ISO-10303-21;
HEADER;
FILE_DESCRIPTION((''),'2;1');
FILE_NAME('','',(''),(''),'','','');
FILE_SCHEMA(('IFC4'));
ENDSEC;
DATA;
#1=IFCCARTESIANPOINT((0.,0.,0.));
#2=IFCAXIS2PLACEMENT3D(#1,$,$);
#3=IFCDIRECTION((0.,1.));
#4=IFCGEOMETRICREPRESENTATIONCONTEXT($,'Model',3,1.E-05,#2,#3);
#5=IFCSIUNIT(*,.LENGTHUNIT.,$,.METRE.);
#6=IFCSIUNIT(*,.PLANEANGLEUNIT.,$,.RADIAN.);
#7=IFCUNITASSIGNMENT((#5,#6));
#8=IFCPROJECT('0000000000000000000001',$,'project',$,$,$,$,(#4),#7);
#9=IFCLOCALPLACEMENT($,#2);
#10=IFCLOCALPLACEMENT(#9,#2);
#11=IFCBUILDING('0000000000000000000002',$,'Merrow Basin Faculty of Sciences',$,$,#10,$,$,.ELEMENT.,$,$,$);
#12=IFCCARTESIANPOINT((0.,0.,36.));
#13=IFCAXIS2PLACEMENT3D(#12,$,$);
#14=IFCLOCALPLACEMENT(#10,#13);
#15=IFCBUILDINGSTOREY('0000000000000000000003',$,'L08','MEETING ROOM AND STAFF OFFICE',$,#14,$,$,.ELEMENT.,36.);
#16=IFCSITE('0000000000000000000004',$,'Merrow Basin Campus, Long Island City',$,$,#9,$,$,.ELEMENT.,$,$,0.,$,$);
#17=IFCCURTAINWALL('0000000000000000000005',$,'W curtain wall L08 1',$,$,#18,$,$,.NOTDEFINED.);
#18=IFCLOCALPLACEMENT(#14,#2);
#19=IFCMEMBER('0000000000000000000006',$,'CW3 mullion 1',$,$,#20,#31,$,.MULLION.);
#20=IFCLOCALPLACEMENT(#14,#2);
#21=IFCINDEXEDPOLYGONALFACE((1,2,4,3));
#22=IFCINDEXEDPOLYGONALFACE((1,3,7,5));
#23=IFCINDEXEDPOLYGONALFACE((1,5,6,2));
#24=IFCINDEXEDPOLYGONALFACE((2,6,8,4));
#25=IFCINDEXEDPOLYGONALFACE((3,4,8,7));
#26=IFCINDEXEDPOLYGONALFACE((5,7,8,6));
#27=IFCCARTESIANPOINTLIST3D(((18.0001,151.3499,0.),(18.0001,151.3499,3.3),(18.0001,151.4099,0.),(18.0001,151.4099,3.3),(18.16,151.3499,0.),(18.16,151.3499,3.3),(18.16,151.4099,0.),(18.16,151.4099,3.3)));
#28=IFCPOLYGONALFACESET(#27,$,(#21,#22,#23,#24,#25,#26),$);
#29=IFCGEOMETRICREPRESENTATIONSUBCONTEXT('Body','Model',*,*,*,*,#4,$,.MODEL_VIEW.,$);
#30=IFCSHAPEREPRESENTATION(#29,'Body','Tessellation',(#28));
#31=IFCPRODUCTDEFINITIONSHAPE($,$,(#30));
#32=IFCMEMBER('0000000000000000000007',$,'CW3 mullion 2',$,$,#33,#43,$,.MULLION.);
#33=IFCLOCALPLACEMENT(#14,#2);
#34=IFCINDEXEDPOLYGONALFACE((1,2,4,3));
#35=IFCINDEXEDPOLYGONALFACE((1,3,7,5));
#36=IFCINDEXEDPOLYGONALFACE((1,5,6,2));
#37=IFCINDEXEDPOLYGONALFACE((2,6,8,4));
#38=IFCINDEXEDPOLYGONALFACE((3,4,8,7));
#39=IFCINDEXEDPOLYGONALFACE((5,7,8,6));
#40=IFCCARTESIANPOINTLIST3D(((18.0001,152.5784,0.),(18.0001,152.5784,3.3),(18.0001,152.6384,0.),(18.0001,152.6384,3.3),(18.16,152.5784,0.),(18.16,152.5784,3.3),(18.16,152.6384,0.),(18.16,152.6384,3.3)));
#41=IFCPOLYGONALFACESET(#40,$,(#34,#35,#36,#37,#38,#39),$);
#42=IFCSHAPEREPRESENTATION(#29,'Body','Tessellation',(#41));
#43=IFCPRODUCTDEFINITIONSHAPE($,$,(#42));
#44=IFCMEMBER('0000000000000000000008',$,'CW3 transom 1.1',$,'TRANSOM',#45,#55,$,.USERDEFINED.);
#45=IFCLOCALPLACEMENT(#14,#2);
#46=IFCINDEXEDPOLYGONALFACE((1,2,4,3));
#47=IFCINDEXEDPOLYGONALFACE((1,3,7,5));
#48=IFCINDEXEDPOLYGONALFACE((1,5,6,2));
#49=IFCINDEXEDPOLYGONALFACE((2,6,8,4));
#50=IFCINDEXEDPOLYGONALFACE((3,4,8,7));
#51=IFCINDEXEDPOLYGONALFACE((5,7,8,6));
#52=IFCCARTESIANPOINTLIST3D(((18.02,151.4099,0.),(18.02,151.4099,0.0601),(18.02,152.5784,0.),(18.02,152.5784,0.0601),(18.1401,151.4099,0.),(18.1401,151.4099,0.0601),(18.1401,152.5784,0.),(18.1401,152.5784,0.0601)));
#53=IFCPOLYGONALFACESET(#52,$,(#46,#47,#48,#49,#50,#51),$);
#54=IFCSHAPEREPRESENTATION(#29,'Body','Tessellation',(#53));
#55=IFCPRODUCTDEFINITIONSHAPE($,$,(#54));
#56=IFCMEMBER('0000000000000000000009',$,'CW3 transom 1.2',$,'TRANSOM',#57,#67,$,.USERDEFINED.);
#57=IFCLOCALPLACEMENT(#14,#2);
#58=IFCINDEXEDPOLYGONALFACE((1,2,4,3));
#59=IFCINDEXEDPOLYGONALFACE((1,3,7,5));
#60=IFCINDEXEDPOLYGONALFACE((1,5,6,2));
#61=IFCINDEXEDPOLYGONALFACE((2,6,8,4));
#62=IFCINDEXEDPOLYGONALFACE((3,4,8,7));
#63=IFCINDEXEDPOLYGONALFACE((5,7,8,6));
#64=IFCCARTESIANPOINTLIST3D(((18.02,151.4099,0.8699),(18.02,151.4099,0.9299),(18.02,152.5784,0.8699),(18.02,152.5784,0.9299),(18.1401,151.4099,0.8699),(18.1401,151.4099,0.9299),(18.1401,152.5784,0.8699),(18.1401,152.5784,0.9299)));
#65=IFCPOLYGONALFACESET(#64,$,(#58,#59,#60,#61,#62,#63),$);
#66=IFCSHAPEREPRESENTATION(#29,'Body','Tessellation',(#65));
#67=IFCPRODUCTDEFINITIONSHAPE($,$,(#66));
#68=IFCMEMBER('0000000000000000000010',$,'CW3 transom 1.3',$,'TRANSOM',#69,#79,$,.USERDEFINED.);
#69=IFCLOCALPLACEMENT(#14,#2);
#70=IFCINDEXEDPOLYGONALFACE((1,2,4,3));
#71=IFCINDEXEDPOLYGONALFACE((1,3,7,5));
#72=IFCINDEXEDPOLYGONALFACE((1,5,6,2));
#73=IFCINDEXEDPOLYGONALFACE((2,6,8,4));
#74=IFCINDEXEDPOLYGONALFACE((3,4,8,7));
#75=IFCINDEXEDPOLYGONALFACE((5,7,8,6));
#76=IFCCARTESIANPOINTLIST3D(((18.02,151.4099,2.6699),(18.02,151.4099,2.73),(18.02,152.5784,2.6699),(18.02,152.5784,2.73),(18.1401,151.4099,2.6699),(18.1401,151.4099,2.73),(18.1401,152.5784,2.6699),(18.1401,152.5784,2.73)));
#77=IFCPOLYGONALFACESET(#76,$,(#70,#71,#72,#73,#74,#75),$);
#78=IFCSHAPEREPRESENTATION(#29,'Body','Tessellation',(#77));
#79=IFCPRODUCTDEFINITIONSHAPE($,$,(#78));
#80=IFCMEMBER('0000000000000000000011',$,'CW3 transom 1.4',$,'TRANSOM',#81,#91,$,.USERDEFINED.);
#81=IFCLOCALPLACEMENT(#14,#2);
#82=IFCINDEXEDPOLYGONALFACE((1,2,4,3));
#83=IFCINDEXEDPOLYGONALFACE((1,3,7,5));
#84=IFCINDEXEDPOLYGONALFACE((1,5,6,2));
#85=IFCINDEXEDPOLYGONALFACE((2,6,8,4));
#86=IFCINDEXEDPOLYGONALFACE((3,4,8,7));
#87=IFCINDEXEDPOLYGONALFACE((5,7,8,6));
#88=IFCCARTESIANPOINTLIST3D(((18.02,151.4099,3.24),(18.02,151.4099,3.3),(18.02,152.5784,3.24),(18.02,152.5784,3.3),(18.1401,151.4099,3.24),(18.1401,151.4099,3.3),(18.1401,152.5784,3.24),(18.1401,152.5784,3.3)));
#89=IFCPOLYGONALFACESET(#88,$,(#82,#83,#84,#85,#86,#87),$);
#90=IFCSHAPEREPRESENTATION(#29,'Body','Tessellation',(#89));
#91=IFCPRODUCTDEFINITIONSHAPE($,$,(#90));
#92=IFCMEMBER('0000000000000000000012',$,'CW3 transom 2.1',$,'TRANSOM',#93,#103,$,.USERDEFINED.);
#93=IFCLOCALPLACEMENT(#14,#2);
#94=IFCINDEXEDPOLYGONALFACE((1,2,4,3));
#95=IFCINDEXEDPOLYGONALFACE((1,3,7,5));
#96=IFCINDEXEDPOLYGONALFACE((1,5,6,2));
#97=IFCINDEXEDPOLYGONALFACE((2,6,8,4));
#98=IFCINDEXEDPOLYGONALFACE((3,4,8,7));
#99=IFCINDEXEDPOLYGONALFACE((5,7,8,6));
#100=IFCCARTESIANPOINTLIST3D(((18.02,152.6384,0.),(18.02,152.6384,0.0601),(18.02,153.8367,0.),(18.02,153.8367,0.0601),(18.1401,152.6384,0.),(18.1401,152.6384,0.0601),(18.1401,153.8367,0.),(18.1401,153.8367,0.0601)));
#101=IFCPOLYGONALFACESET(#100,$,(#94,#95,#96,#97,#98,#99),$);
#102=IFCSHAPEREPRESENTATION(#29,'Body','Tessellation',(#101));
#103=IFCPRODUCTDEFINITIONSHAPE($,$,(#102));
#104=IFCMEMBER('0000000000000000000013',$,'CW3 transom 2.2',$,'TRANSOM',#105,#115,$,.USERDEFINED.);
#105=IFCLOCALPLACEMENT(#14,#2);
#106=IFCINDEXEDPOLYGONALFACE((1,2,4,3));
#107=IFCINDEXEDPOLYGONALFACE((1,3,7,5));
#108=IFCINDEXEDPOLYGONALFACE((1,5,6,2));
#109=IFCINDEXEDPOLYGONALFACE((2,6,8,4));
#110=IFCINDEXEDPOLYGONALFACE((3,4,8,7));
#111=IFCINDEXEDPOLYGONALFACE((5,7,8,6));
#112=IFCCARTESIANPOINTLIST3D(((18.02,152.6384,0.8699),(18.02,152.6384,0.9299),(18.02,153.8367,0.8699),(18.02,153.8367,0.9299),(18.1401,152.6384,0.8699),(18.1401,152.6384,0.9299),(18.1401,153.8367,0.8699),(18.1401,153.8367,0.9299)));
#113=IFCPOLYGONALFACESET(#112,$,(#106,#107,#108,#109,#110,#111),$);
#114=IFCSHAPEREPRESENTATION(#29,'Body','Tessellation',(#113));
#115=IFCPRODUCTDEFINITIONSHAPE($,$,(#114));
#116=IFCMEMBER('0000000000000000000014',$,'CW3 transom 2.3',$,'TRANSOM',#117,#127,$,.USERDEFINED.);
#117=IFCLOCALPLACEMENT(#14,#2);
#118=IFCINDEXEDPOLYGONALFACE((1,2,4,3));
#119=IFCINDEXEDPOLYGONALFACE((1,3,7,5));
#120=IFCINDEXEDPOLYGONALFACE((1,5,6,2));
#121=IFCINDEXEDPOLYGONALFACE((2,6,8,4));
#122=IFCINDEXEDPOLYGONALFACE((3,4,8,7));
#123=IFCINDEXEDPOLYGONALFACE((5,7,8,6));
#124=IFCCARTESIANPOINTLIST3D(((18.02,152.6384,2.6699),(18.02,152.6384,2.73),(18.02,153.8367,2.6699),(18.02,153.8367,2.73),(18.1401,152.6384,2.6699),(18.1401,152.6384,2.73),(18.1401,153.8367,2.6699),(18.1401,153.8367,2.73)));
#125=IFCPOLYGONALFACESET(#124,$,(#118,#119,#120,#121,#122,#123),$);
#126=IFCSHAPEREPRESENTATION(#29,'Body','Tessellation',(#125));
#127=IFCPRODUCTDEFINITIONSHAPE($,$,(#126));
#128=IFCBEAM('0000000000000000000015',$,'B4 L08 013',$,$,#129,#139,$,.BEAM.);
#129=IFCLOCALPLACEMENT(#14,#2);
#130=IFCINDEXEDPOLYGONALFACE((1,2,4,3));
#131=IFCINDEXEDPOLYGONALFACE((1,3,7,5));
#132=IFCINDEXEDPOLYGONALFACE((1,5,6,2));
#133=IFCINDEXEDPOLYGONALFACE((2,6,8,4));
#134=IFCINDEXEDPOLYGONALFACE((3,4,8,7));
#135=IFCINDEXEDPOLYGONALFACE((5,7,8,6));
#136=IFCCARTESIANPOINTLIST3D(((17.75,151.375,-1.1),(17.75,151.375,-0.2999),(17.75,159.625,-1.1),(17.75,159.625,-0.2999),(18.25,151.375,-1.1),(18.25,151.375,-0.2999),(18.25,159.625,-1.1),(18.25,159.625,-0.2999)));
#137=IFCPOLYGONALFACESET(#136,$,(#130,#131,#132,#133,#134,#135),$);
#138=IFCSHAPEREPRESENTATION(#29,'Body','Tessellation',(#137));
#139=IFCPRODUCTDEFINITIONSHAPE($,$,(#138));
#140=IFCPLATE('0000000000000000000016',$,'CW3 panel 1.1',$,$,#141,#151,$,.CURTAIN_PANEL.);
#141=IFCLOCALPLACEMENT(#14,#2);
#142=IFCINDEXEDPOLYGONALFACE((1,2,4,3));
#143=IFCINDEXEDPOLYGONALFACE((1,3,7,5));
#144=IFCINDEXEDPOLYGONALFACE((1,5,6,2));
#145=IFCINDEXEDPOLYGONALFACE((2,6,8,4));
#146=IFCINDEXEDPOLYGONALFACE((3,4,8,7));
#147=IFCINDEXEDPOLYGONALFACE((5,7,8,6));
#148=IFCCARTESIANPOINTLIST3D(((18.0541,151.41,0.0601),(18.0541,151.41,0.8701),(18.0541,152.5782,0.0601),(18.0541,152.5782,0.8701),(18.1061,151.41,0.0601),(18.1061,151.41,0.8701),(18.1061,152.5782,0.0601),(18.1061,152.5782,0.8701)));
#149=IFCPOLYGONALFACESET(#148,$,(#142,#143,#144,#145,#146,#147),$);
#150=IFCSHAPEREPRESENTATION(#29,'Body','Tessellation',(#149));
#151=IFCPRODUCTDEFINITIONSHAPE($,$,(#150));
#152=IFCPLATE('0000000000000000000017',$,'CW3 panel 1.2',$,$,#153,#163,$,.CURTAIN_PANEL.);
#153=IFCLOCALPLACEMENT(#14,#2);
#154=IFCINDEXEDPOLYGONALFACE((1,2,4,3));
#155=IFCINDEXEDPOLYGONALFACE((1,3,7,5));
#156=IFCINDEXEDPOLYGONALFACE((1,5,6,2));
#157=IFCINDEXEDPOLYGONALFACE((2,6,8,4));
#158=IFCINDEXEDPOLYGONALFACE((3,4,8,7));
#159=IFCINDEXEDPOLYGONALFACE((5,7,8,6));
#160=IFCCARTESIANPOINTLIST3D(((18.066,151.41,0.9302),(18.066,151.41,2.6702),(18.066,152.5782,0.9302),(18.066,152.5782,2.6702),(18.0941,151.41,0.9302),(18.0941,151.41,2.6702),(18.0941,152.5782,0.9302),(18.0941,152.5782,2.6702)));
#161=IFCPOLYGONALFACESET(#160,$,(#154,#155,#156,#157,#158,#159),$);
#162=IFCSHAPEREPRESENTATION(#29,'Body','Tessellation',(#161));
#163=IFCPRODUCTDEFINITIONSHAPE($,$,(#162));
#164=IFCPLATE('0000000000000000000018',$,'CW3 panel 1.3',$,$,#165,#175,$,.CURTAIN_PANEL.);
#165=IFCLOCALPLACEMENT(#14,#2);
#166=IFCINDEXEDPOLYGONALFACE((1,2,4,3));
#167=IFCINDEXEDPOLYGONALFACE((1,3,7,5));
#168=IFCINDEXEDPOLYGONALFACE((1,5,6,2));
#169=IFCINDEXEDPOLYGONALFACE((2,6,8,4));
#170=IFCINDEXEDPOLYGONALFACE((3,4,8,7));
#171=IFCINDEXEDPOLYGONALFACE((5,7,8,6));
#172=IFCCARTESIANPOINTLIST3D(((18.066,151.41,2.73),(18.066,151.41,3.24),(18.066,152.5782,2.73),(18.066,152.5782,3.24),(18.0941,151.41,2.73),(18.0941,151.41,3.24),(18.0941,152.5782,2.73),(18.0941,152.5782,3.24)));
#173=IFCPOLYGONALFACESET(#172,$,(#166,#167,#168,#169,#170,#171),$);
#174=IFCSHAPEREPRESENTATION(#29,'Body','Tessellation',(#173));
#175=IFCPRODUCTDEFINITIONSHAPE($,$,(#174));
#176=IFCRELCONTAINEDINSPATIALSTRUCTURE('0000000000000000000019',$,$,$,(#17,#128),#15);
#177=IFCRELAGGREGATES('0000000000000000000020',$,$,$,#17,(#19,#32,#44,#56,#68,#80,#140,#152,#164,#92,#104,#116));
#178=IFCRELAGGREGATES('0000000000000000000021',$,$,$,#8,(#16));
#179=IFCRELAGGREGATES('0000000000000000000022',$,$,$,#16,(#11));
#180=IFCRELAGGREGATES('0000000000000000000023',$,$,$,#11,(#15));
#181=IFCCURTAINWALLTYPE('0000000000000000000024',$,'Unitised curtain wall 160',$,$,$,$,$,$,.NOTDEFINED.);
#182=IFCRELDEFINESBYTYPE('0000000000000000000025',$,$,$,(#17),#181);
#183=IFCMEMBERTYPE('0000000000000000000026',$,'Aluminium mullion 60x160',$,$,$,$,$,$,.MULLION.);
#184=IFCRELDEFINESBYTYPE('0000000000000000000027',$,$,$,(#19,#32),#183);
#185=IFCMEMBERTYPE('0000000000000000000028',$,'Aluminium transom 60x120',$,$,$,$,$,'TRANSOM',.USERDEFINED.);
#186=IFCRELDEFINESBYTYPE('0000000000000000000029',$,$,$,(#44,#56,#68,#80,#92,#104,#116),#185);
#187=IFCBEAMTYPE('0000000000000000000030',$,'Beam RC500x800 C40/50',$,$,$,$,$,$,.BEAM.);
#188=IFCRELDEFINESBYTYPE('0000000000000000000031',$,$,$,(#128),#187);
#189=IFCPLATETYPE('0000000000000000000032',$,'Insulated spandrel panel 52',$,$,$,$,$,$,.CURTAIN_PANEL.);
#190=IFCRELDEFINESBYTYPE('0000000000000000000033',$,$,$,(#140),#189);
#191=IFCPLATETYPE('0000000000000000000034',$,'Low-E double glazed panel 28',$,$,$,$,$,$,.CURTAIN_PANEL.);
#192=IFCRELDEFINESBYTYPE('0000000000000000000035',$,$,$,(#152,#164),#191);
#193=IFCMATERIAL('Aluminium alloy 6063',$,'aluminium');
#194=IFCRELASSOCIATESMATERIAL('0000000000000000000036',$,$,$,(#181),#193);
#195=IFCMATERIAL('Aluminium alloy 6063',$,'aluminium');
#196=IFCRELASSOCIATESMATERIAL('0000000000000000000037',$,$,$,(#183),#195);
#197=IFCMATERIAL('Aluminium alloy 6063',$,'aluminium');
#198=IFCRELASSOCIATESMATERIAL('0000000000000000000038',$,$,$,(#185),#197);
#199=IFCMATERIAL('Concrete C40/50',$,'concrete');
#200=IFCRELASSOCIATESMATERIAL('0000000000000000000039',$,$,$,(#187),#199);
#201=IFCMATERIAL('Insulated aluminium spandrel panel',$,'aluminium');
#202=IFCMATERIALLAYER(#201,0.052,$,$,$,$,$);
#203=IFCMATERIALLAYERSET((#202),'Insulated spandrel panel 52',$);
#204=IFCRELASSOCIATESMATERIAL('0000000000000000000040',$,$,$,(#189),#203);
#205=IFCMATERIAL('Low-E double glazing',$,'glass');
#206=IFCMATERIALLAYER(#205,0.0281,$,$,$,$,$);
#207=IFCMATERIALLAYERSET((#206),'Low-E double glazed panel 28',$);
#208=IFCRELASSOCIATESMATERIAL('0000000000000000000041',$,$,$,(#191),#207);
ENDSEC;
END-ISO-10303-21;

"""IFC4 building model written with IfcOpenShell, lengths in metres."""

from ifc_helpers import new_model, si_unit, direction, frame, origin, origin_2d, place, context, subcontext, project, spatial, rectangle, extrude, material, layer, layer_set, material_profile, profile_set, type_object, element, aggregate, save


model = new_model("IFC4")

# Units and contexts
model_context = context("Model", 3, precision=1e-05, world=origin(), true_north=direction((0.0, 1.0)))
body_context = subcontext(model_context, "Body", "Model", "MODEL_VIEW")
ifc_project = project(units=[si_unit("LENGTHUNIT", "METRE"), si_unit("PLANEANGLEUNIT", "RADIAN")], contexts=[model_context])

# Site, building, storey
site_placement = place(None, origin())
site = spatial("IfcSite", under=ifc_project, at=site_placement, Name="Merrow Basin Campus, Long Island City", CompositionType="ELEMENT", RefElevation=0.0)
building_placement = place(site_placement, origin())
building = spatial("IfcBuilding", under=site, at=building_placement, Name="Merrow Basin Faculty of Sciences", CompositionType="ELEMENT")
storey_placement = place(building_placement, frame((0.0, 0.0, 36.0)))
storey = spatial("IfcBuildingStorey", under=building, at=storey_placement, Name="L08", Description="MEETING ROOM AND STAFF OFFICE", CompositionType="ELEMENT", Elevation=36.0)

# Curtain wall, members
ifc_material_1 = material(Name="Aluminium alloy 6063", Category="aluminium")
curtain_wall_type = type_object("IfcCurtainWallType", Name="Unitised curtain wall 160", PredefinedType="NOTDEFINED", material=ifc_material_1)
curtain_wall_placement = place(storey_placement, origin())
curtain_wall = element("IfcCurtainWall", 1, at=curtain_wall_placement, inside=storey, type_object=curtain_wall_type, Name="W curtain wall L08 1", PredefinedType="NOTDEFINED")
ifc_material_2 = material(Name="Aluminium alloy 6063", Category="aluminium")
ifc_material_profile_1 = material_profile(ifc_material_2, rectangle(XDim=0.1599, YDim=0.0601, at=origin_2d()))
ifc_profile_set_1 = profile_set([ifc_material_profile_1], Name="Aluminium alloy 6063")
member_type_1 = type_object("IfcMemberType", Name="Aluminium mullion 60x160", PredefinedType="MULLION", material=ifc_profile_set_1)
member_1_placement = place(storey_placement, frame((18.0801, 151.3799, 0.0), z_axis=(0.0, 0.0, 1.0), x_axis=(-1.0, 0.0, 0.0)))
member_1 = element("IfcMember", 2, at=member_1_placement, type_object=member_type_1, Name="CW3 mullion 1", PredefinedType="MULLION", context=body_context, shape_type="SweptSolid", body=[
    extrude(rectangle(XDim=0.1599, YDim=0.0601, at=origin_2d()), origin(), (0.0, 0.0, 1.0), 3.3),
])
member_2_placement = place(storey_placement, frame((18.0801, 152.6084, 0.0), z_axis=(0.0, 0.0, 1.0), x_axis=(-1.0, 0.0, 0.0)))
member_2 = element("IfcMember", 3, at=member_2_placement, type_object=member_type_1, Name="CW3 mullion 2", PredefinedType="MULLION", context=body_context, shape_type="SweptSolid", body=[
    extrude(rectangle(XDim=0.1599, YDim=0.0601, at=origin_2d()), origin(), (0.0, 0.0, 1.0), 3.3),
])
ifc_material_3 = material(Name="Aluminium alloy 6063", Category="aluminium")
ifc_material_profile_2 = material_profile(ifc_material_3, rectangle(XDim=0.1201, YDim=0.0601, at=origin_2d()))
ifc_profile_set_2 = profile_set([ifc_material_profile_2], Name="Aluminium alloy 6063")
member_type_2 = type_object("IfcMemberType", Name="Aluminium transom 60x120", ElementType="TRANSOM", PredefinedType="USERDEFINED", material=ifc_profile_set_2)
member_3_placement = place(storey_placement, frame((18.0801, 151.4099, 0.03), z_axis=(0.0, 1.0, 0.0), x_axis=(-1.0, 0.0, 0.0)))
member_3 = element("IfcMember", 4, at=member_3_placement, type_object=member_type_2, Name="CW3 transom 1.1", ObjectType="TRANSOM", PredefinedType="USERDEFINED", context=body_context, shape_type="SweptSolid", body=[
    extrude(rectangle(XDim=0.1201, YDim=0.0601, at=origin_2d()), origin(), (0.0, 0.0, 1.0), 1.1685),
])
member_4_placement = place(storey_placement, frame((18.0801, 151.4099, 0.8999), z_axis=(0.0, 1.0, 0.0), x_axis=(-1.0, 0.0, 0.0)))
member_4 = element("IfcMember", 5, at=member_4_placement, type_object=member_type_2, Name="CW3 transom 1.2", ObjectType="TRANSOM", PredefinedType="USERDEFINED", context=body_context, shape_type="SweptSolid", body=[
    extrude(rectangle(XDim=0.1201, YDim=0.0601, at=origin_2d()), origin(), (0.0, 0.0, 1.0), 1.1685),
])
member_5_placement = place(storey_placement, frame((18.0801, 151.4099, 2.7), z_axis=(0.0, 1.0, 0.0), x_axis=(-1.0, 0.0, 0.0)))
member_5 = element("IfcMember", 6, at=member_5_placement, type_object=member_type_2, Name="CW3 transom 1.3", ObjectType="TRANSOM", PredefinedType="USERDEFINED", context=body_context, shape_type="SweptSolid", body=[
    extrude(rectangle(XDim=0.1201, YDim=0.0601, at=origin_2d()), origin(), (0.0, 0.0, 1.0), 1.1685),
])
member_6_placement = place(storey_placement, frame((18.0801, 151.4099, 3.27), z_axis=(0.0, 1.0, 0.0), x_axis=(-1.0, 0.0, 0.0)))
member_6 = element("IfcMember", 7, at=member_6_placement, type_object=member_type_2, Name="CW3 transom 1.4", ObjectType="TRANSOM", PredefinedType="USERDEFINED", context=body_context, shape_type="SweptSolid", body=[
    extrude(rectangle(XDim=0.1201, YDim=0.0601, at=origin_2d()), origin(), (0.0, 0.0, 1.0), 1.1685),
])
member_7_placement = place(storey_placement, frame((18.0801, 152.6384, 0.03), z_axis=(0.0, 1.0, 0.0), x_axis=(-1.0, 0.0, 0.0)))
member_7 = element("IfcMember", 8, at=member_7_placement, type_object=member_type_2, Name="CW3 transom 2.1", ObjectType="TRANSOM", PredefinedType="USERDEFINED", context=body_context, shape_type="SweptSolid", body=[
    extrude(rectangle(XDim=0.1201, YDim=0.0601, at=origin_2d()), origin(), (0.0, 0.0, 1.0), 1.1982),
])
member_8_placement = place(storey_placement, frame((18.0801, 152.6384, 0.8999), z_axis=(0.0, 1.0, 0.0), x_axis=(-1.0, 0.0, 0.0)))
member_8 = element("IfcMember", 9, at=member_8_placement, type_object=member_type_2, Name="CW3 transom 2.2", ObjectType="TRANSOM", PredefinedType="USERDEFINED", context=body_context, shape_type="SweptSolid", body=[
    extrude(rectangle(XDim=0.1201, YDim=0.0601, at=origin_2d()), origin(), (0.0, 0.0, 1.0), 1.1982),
])
member_9_placement = place(storey_placement, frame((18.0801, 152.6384, 2.7), z_axis=(0.0, 1.0, 0.0), x_axis=(-1.0, 0.0, 0.0)))
member_9 = element("IfcMember", 10, at=member_9_placement, type_object=member_type_2, Name="CW3 transom 2.3", ObjectType="TRANSOM", PredefinedType="USERDEFINED", context=body_context, shape_type="SweptSolid", body=[
    extrude(rectangle(XDim=0.1201, YDim=0.0601, at=origin_2d()), origin(), (0.0, 0.0, 1.0), 1.1982),
])

# Beam
ifc_material_4 = material(Name="Concrete C40/50", Category="concrete")
ifc_material_profile_3 = material_profile(ifc_material_4, rectangle(XDim=0.5, YDim=0.8, at=origin_2d()))
ifc_profile_set_3 = profile_set([ifc_material_profile_3], Name="Concrete C40/50")
beam_type = type_object("IfcBeamType", Name="Beam RC500x800 C40/50", PredefinedType="BEAM", material=ifc_profile_set_3)
beam_placement = place(storey_placement, frame((18.0, 151.375, -0.7), z_axis=(0.0, 1.0, 0.0), x_axis=(-1.0, 0.0, 0.0)))
element("IfcBeam", 11, at=beam_placement, inside=storey, type_object=beam_type, Name="B4 L08 013", PredefinedType="BEAM", context=body_context, shape_type="SweptSolid", body=[
    extrude(rectangle(XDim=0.5, YDim=0.8, at=origin_2d()), origin(), (0.0, 0.0, 1.0), 8.25),
])

# Plates
ifc_material_5 = material(Name="Insulated aluminium spandrel panel", Category="aluminium")
ifc_layer_1 = layer(ifc_material_5, 0.052)
ifc_layer_set_1 = layer_set([ifc_layer_1], Name="Insulated spandrel panel 52")
plate_type_1 = type_object("IfcPlateType", Name="Insulated spandrel panel 52", PredefinedType="CURTAIN_PANEL", material=ifc_layer_set_1)
plate_1_placement = place(storey_placement, frame((18.0801, 151.9941, 0.0601), z_axis=(0.0, 0.0, 1.0), x_axis=(0.0, 1.0, 0.0)))
plate_1 = element("IfcPlate", 12, at=plate_1_placement, type_object=plate_type_1, Name="CW3 panel 1.1", PredefinedType="CURTAIN_PANEL", context=body_context, shape_type="SweptSolid", body=[
    extrude(rectangle(XDim=1.1682, YDim=0.052, at=origin_2d()), origin(), (0.0, 0.0, 1.0), 0.8101),
])
ifc_material_6 = material(Name="Low-E double glazing", Category="glass")
ifc_layer_2 = layer(ifc_material_6, 0.0281)
ifc_layer_set_2 = layer_set([ifc_layer_2], Name="Low-E double glazed panel 28")
plate_type_2 = type_object("IfcPlateType", Name="Low-E double glazed panel 28", PredefinedType="CURTAIN_PANEL", material=ifc_layer_set_2)
plate_2_placement = place(storey_placement, frame((18.0801, 151.9941, 0.9302), z_axis=(0.0, 0.0, 1.0), x_axis=(0.0, 1.0, 0.0)))
plate_2 = element("IfcPlate", 13, at=plate_2_placement, type_object=plate_type_2, Name="CW3 panel 1.2", PredefinedType="CURTAIN_PANEL", context=body_context, shape_type="SweptSolid", body=[
    extrude(rectangle(XDim=1.1682, YDim=0.0281, at=origin_2d()), origin(), (0.0, 0.0, 1.0), 1.74),
])
plate_3_placement = place(storey_placement, frame((18.0801, 151.9941, 2.73), z_axis=(0.0, 0.0, 1.0), x_axis=(0.0, 1.0, 0.0)))
plate_3 = element("IfcPlate", 14, at=plate_3_placement, type_object=plate_type_2, Name="CW3 panel 1.3", PredefinedType="CURTAIN_PANEL", context=body_context, shape_type="SweptSolid", body=[
    extrude(rectangle(XDim=1.1682, YDim=0.0281, at=origin_2d()), origin(), (0.0, 0.0, 1.0), 0.51),
])
aggregate(curtain_wall, [member_1, member_2, member_3, member_4, member_5, member_6, plate_1, plate_2, plate_3, member_7, member_8, member_9])

save(model, "model.ifc")
